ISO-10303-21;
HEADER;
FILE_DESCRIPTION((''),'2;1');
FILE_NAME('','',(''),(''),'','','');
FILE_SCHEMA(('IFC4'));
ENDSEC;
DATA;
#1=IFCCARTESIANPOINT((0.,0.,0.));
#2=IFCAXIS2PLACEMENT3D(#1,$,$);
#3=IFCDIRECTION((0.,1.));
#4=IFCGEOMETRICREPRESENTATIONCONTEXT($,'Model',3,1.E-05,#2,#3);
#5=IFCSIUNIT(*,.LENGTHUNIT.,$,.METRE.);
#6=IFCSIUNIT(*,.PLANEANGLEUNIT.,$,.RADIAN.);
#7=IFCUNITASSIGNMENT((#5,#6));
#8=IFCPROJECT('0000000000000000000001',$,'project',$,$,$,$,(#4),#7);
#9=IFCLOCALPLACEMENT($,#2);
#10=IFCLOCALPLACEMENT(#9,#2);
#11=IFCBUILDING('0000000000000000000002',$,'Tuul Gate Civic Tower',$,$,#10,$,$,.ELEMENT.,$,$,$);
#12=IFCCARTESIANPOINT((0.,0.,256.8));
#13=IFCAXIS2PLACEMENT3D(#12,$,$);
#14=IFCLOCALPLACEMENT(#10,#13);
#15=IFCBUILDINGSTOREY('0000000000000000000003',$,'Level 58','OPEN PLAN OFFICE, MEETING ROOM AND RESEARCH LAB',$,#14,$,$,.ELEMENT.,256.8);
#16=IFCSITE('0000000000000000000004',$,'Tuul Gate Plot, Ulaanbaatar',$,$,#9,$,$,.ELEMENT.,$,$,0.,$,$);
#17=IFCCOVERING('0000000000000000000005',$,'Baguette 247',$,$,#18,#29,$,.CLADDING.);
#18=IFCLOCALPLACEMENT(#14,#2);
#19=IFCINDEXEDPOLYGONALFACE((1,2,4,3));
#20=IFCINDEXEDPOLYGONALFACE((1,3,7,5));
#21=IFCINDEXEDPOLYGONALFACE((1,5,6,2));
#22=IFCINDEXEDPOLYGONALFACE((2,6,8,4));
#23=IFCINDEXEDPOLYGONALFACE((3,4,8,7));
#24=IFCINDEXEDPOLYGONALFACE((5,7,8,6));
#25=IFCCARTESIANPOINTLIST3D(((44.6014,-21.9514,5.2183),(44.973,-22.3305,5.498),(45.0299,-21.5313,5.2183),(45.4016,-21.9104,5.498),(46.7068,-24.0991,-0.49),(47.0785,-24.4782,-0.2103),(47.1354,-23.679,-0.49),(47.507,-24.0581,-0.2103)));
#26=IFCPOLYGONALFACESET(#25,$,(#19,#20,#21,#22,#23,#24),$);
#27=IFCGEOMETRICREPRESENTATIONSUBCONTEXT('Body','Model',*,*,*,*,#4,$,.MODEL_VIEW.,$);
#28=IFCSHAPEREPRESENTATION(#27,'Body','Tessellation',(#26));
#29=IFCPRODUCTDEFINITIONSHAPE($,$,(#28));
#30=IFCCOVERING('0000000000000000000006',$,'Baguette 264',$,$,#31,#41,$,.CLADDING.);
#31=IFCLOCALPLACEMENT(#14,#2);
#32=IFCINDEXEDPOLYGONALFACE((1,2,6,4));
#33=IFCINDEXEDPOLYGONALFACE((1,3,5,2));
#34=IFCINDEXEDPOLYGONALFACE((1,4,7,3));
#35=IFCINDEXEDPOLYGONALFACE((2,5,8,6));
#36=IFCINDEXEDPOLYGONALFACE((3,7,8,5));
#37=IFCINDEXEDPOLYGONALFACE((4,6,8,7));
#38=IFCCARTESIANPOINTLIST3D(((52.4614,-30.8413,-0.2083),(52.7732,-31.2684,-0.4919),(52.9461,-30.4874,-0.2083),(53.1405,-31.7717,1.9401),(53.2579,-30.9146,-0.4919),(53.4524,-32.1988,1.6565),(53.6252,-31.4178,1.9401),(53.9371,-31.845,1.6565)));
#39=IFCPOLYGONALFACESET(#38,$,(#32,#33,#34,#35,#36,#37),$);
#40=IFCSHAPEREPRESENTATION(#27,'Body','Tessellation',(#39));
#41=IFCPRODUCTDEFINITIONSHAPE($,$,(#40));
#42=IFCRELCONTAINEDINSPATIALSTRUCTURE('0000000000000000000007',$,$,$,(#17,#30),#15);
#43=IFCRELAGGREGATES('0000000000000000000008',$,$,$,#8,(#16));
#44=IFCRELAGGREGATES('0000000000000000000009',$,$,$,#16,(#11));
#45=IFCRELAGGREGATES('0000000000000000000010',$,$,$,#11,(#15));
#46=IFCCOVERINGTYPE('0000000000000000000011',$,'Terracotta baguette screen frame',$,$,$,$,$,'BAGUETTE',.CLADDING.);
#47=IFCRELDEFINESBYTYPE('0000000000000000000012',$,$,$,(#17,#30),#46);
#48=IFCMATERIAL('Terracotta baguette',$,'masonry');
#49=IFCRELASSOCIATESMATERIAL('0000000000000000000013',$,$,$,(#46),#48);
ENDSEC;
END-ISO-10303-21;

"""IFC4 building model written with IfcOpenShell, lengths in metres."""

from ifc_helpers import new_model, si_unit, direction, frame, origin, origin_2d, place, context, subcontext, project, spatial, rectangle, extrude, material, material_profile, profile_set, type_object, element, save


model = new_model("IFC4")

# Units and contexts
model_context = context("Model", 3, precision=1e-05, world=origin(), true_north=direction((0.0, 1.0)))
body_context = subcontext(model_context, "Body", "Model", "MODEL_VIEW")
ifc_project = project(units=[si_unit("LENGTHUNIT", "METRE"), si_unit("PLANEANGLEUNIT", "RADIAN")], contexts=[model_context])

# Site, building, storey
site_placement = place(None, origin())
site = spatial("IfcSite", under=ifc_project, at=site_placement, Name="Tuul Gate Plot, Ulaanbaatar", CompositionType="ELEMENT", RefElevation=0.0)
building_placement = place(site_placement, origin())
building = spatial("IfcBuilding", under=site, at=building_placement, Name="Tuul Gate Civic Tower", CompositionType="ELEMENT")
storey_placement = place(building_placement, frame((0.0, 0.0, 256.8)))
storey = spatial("IfcBuildingStorey", under=building, at=storey_placement, Name="Level 58", Description="OPEN PLAN OFFICE, MEETING ROOM AND RESEARCH LAB", CompositionType="ELEMENT", Elevation=256.8)

# Coverings
ifc_material_1 = material(Name="Terracotta baguette", Category="masonry")
ifc_material_profile_1 = material_profile(ifc_material_1, rectangle(XDim=0.6001, YDim=0.6001, at=origin_2d()), Name="Terracotta baguette screen frame")
ifc_profile_set_1 = profile_set([ifc_material_profile_1], Name="Terracotta baguette")
covering_type = type_object("IfcCoveringType", Name="Terracotta baguette screen frame", ElementType="BAGUETTE", PredefinedType="CLADDING", material=ifc_profile_set_1)
covering_1_placement = place(storey_placement, frame((45.0015, -21.9309, 5.3582), z_axis=(0.326322, -0.332868, -0.88471), x_axis=(0.714094, 0.70005, 0.0)))
element("IfcCovering", 1, at=covering_1_placement, inside=storey, type_object=covering_type, Name="Baguette 247", PredefinedType="CLADDING", context=body_context, shape_type="SweptSolid", body=[
    extrude(rectangle(XDim=0.6001, YDim=0.6001, at=origin_2d()), origin(), (0.0, 0.0, 1.0), 6.4521),
])
covering_2_placement = place(storey_placement, frame((52.8596, -30.8779, -0.3501), z_axis=(0.278614, -0.381667, 0.881309), x_axis=(0.80769, 0.589607, 0.0)))
element("IfcCovering", 2, at=covering_2_placement, inside=storey, type_object=covering_type, Name="Baguette 264", PredefinedType="CLADDING", context=body_context, shape_type="SweptSolid", body=[
    extrude(rectangle(XDim=0.6001, YDim=0.6001, at=origin_2d()), origin(), (0.0, 0.0, 1.0), 2.4377),
])

save(model, "model.ifc")
